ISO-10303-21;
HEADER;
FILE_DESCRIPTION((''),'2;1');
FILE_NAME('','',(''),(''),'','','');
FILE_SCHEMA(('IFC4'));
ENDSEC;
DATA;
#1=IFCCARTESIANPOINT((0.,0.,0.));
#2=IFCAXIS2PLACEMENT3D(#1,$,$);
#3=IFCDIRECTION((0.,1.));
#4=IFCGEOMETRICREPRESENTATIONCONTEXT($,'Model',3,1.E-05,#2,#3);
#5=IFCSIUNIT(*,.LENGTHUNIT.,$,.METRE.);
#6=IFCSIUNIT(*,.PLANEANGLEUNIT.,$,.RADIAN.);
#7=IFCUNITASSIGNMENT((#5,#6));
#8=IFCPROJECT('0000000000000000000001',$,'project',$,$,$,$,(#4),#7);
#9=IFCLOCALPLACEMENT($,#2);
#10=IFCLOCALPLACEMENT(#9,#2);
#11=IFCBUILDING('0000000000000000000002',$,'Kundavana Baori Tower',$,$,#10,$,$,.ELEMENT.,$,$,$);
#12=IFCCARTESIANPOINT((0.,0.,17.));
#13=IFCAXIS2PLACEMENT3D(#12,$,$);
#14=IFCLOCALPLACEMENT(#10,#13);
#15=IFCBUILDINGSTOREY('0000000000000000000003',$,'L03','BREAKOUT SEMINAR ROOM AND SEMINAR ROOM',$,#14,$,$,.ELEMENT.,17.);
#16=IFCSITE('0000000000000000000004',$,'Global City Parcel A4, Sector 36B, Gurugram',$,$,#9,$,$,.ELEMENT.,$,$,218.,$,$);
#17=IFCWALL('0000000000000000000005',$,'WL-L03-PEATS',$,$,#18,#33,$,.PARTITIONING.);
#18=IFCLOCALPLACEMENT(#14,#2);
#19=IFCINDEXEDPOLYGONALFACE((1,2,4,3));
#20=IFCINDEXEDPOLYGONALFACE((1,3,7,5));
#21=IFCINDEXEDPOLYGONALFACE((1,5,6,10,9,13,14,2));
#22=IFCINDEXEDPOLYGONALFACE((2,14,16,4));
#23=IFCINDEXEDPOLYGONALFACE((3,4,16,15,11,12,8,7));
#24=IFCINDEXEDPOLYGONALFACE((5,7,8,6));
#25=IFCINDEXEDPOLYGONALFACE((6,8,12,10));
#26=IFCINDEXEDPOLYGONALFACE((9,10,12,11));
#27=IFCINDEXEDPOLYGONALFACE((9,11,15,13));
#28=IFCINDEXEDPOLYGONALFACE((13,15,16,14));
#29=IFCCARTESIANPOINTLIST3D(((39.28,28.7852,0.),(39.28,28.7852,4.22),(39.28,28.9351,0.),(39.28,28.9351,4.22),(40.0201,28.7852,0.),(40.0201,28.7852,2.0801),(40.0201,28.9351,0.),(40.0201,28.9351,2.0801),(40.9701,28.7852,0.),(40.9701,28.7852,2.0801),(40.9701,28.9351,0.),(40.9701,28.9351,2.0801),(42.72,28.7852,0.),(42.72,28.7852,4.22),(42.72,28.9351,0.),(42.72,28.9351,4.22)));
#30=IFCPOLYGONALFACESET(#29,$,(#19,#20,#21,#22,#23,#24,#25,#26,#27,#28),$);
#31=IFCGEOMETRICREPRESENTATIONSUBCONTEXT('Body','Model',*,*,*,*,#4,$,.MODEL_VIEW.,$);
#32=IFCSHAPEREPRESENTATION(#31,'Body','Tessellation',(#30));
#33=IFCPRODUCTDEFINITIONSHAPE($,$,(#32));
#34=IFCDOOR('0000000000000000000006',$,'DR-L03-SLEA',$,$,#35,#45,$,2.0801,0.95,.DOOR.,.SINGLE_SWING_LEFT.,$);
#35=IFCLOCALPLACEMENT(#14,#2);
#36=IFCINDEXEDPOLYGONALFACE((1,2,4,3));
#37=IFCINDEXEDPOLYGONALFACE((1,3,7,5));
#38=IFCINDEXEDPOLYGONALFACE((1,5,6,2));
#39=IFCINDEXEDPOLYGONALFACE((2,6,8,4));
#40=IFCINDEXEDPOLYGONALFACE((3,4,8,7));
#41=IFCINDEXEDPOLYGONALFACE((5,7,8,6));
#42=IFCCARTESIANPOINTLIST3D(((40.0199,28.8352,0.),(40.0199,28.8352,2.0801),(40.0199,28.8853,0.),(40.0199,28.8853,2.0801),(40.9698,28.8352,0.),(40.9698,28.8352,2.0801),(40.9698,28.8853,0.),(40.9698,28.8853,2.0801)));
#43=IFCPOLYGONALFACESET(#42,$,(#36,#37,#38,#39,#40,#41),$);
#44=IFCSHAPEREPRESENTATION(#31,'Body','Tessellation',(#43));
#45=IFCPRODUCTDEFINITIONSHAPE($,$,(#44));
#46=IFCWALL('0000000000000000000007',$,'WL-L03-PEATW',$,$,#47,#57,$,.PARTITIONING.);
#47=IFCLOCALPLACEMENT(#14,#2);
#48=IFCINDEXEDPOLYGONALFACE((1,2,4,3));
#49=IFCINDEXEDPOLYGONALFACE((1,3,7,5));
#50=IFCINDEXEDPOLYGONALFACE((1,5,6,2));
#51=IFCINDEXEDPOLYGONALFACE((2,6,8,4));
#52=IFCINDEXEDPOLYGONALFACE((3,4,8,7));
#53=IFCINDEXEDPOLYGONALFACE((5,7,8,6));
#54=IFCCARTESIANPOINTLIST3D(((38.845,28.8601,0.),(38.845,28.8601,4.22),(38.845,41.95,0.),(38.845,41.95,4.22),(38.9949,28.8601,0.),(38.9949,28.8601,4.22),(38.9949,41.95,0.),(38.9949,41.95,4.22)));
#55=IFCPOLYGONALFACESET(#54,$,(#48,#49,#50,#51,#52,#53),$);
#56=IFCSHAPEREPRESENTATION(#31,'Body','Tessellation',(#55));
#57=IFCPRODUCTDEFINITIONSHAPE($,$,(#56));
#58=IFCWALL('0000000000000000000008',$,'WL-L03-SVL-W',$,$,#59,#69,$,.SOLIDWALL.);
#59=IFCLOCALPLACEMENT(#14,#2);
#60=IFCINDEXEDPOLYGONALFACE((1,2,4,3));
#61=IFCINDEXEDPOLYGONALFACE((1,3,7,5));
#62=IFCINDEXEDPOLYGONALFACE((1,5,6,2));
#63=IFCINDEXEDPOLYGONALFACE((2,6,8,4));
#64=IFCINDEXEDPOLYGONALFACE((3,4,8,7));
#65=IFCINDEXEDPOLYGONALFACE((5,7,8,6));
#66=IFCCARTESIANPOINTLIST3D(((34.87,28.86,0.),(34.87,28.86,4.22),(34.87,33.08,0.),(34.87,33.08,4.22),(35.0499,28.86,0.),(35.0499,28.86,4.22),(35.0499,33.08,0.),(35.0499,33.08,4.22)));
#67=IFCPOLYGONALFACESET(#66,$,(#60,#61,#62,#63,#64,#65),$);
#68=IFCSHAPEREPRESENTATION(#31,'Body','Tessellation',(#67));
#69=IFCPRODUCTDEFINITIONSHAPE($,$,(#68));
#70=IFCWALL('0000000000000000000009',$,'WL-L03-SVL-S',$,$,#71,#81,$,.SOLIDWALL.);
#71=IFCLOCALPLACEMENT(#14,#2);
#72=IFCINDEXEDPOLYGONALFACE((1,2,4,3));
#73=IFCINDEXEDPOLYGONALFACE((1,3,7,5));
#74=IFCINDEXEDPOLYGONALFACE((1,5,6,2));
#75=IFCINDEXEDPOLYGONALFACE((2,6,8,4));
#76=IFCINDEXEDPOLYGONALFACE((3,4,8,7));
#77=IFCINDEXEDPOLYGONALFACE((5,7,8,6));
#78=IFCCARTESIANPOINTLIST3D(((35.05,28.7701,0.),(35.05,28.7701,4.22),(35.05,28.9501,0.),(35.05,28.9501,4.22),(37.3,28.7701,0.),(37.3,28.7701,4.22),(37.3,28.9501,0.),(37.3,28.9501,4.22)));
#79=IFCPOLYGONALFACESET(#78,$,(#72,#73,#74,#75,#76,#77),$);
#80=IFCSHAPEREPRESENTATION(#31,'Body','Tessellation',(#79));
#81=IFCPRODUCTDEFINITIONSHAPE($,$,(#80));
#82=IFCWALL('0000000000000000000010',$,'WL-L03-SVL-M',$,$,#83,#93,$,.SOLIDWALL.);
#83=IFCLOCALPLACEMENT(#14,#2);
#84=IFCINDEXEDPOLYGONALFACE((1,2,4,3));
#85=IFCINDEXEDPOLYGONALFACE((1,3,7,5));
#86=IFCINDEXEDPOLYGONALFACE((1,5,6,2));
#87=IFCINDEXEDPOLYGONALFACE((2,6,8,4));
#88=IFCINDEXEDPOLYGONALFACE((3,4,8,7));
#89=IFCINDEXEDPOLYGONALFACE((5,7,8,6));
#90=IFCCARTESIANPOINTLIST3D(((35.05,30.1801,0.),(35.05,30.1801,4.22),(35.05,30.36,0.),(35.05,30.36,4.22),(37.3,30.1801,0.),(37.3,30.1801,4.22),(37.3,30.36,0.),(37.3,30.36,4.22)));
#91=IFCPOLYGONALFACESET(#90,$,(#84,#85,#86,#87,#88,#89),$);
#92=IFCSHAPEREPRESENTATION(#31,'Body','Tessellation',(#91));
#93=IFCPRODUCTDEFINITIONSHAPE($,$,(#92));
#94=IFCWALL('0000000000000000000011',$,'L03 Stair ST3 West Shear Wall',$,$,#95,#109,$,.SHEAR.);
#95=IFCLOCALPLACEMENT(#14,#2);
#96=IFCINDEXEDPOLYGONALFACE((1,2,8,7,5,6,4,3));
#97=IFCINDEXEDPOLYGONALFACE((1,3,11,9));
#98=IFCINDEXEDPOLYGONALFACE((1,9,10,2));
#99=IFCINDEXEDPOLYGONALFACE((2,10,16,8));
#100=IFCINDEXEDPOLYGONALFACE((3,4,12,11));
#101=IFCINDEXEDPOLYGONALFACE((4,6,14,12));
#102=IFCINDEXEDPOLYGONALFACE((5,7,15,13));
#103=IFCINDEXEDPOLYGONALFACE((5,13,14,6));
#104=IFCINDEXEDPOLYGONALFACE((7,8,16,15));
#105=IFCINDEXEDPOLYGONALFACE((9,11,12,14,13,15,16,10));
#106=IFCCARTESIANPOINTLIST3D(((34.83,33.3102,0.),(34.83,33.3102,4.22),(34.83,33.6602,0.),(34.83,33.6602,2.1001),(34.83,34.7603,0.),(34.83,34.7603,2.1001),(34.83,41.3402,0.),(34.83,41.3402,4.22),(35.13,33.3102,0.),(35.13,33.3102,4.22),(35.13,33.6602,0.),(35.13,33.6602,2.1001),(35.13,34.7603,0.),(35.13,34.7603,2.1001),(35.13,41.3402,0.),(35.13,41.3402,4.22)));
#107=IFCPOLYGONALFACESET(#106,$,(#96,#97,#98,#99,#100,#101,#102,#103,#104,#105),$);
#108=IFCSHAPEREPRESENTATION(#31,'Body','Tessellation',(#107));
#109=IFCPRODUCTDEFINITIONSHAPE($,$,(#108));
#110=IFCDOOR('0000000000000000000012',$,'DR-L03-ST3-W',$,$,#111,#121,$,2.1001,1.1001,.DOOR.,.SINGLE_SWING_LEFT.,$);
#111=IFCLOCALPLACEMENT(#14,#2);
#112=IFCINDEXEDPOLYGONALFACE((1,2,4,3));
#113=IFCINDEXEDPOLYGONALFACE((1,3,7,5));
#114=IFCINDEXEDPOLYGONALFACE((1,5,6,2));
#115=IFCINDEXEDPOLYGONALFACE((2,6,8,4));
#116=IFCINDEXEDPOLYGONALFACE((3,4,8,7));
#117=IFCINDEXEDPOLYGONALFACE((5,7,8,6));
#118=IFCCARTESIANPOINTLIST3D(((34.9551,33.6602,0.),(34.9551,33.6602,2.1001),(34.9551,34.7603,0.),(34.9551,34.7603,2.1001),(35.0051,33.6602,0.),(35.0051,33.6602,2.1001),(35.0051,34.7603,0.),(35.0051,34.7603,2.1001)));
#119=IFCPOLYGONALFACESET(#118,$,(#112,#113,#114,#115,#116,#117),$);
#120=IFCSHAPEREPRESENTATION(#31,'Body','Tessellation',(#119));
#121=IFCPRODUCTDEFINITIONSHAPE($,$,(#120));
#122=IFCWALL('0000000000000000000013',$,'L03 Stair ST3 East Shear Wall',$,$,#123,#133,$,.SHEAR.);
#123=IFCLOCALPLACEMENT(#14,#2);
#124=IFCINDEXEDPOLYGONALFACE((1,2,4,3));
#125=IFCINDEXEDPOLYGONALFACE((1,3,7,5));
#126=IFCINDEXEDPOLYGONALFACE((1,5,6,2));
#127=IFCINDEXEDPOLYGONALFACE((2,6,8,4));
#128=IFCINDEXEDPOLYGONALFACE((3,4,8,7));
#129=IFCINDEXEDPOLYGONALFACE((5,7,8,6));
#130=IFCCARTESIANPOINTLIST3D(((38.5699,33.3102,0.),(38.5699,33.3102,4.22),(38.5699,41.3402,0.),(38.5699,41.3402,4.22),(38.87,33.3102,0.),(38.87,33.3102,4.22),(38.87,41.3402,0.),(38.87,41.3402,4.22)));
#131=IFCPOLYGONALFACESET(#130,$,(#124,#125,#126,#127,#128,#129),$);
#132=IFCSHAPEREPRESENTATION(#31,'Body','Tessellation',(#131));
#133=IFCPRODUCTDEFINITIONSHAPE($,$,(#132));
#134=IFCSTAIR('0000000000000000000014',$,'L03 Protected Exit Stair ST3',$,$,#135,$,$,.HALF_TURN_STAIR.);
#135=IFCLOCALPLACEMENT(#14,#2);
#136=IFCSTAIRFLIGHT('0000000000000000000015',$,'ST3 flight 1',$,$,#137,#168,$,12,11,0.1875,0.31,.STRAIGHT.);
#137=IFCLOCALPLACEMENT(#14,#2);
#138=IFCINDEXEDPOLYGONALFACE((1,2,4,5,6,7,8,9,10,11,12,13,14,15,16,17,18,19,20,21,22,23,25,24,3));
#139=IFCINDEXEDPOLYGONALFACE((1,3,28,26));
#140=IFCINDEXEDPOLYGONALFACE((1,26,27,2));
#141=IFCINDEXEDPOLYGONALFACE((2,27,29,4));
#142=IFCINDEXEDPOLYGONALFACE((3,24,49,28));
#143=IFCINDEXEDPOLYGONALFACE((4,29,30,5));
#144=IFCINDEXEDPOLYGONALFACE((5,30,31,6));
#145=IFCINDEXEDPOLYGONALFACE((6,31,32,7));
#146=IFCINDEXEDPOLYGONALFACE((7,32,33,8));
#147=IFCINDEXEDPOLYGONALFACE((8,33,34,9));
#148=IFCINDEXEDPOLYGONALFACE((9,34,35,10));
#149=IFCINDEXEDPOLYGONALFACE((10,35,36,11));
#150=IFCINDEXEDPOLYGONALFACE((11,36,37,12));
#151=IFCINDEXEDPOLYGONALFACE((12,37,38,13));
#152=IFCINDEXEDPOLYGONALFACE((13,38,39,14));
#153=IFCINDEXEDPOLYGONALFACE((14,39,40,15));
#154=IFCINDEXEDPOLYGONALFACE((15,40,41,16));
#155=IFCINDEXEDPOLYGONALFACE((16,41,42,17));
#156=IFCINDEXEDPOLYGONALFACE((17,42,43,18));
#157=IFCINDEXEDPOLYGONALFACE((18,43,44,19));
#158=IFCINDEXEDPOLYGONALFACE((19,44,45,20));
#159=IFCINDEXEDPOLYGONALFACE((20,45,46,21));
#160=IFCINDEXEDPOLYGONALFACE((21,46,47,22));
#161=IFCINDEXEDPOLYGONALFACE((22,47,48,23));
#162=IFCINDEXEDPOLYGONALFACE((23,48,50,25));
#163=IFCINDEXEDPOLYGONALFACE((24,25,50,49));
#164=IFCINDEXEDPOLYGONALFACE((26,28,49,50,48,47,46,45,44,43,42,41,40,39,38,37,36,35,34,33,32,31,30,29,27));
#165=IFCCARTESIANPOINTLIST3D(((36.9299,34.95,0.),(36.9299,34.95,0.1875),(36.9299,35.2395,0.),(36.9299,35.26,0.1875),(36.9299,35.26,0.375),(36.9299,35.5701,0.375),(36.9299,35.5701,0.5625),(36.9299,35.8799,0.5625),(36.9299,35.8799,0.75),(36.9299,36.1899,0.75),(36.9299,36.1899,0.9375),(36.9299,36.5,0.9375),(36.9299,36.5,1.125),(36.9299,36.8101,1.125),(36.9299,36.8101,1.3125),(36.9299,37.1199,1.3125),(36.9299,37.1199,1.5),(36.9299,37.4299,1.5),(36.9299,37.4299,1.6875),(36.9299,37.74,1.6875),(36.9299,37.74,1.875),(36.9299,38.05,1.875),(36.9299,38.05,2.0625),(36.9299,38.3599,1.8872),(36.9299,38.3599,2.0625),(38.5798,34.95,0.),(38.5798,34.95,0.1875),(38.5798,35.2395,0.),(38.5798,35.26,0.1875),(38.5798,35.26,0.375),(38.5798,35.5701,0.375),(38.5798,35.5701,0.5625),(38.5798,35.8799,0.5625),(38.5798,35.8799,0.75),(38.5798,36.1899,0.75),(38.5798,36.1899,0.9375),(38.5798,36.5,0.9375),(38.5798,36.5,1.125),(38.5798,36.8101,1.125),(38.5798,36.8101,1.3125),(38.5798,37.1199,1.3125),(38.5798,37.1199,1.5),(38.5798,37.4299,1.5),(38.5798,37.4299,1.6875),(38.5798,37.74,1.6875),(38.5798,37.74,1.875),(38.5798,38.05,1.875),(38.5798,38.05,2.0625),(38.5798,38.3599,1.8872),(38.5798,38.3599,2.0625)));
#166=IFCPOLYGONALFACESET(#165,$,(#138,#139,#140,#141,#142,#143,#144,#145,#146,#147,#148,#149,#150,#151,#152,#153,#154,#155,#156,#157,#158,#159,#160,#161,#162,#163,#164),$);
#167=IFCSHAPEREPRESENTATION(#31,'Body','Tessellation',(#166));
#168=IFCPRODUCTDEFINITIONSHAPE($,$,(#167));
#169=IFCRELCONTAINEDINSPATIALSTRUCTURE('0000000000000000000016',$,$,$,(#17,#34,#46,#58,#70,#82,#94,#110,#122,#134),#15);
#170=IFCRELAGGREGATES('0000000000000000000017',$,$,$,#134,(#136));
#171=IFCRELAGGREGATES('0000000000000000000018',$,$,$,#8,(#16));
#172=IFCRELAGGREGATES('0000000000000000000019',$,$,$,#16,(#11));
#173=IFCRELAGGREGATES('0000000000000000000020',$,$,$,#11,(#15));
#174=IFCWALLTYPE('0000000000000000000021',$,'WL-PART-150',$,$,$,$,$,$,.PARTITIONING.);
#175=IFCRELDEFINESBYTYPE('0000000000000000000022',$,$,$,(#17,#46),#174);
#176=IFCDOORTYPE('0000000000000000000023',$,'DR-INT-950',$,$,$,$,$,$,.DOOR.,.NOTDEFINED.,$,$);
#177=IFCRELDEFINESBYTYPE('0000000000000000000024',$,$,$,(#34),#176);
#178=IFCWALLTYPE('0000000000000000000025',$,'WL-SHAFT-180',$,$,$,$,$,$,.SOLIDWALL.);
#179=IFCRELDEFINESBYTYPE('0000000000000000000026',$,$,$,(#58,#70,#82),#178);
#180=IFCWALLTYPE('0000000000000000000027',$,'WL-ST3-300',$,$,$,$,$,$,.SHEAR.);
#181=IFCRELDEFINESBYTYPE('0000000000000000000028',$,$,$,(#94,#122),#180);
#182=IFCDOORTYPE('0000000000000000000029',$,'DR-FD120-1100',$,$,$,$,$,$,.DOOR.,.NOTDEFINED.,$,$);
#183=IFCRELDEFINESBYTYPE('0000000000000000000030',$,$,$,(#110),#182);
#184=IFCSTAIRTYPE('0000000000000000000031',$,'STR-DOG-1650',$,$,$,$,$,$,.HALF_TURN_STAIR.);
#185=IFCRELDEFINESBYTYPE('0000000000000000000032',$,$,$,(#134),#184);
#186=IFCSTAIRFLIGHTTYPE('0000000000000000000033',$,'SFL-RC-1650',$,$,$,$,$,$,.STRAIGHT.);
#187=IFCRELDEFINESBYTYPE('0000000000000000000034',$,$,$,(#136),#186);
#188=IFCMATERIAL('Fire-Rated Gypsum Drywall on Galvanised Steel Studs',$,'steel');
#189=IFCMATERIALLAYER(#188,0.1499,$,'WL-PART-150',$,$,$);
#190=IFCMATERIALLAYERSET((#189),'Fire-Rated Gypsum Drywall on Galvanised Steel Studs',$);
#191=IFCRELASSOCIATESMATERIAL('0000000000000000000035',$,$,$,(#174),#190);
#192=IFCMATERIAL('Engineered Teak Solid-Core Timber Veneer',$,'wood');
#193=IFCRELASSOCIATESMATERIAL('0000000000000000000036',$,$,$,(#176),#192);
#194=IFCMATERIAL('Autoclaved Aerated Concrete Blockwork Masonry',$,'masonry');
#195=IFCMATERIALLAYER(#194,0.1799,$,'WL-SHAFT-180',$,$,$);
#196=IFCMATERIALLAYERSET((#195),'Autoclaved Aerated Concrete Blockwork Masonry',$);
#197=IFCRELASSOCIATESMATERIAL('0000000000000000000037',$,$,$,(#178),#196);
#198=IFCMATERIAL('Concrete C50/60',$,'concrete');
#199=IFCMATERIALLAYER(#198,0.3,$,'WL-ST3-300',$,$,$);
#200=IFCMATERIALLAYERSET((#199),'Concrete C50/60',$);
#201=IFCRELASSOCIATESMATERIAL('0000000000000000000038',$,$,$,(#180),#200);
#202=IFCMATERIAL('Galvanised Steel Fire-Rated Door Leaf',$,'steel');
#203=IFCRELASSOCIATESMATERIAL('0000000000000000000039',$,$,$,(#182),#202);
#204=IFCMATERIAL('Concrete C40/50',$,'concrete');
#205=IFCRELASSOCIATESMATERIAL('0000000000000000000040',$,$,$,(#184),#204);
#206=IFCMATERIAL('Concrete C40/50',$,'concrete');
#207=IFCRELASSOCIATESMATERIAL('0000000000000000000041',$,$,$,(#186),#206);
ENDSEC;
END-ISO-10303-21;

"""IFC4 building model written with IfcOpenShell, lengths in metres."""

from ifc_helpers import new_model, si_unit, direction, frame, frame_2d, origin, place, context, subcontext, project, spatial, polyline, rectangle, outline, extrude, material, layer, layer_set, type_object, element, fill, aggregate, save


model = new_model("IFC4")

# Units and contexts
model_context = context("Model", 3, precision=1e-05, world=origin(), true_north=direction((0.0, 1.0)))
body_context = subcontext(model_context, "Body", "Model", "MODEL_VIEW")
ifc_project = project(units=[si_unit("LENGTHUNIT", "METRE"), si_unit("PLANEANGLEUNIT", "RADIAN")], contexts=[model_context])

# Site, building, storey
site_placement = place(None, origin())
site = spatial("IfcSite", under=ifc_project, at=site_placement, Name="Global City Parcel A4, Sector 36B, Gurugram", CompositionType="ELEMENT", RefElevation=218.0)
building_placement = place(site_placement, origin())
building = spatial("IfcBuilding", under=site, at=building_placement, Name="Kundavana Baori Tower", CompositionType="ELEMENT")
storey_placement = place(building_placement, frame((0.0, 0.0, 17.0)))
storey = spatial("IfcBuildingStorey", under=building, at=storey_placement, Name="L03", Description="BREAKOUT SEMINAR ROOM AND SEMINAR ROOM", CompositionType="ELEMENT", Elevation=17.0)

# Shared definitions
ifc_material_1 = material(Name="Fire-Rated Gypsum Drywall on Galvanised Steel Studs", Category="steel")
ifc_layer_1 = layer(ifc_material_1, 0.1499, Name="WL-PART-150")
ifc_layer_set_1 = layer_set([ifc_layer_1], Name="Fire-Rated Gypsum Drywall on Galvanised Steel Studs")
wall_type_1 = type_object("IfcWallType", Name="WL-PART-150", PredefinedType="PARTITIONING", material=ifc_layer_set_1)

# Wall, opening, door
wall_1_placement = place(storey_placement, frame((39.28, 28.8601, 0.0), z_axis=(0.0, 0.0, 1.0), x_axis=(1.0, 0.0, 0.0)))
wall_1 = element("IfcWall", 1, at=wall_1_placement, inside=storey, type_object=wall_type_1, Name="WL-L03-PEATS", PredefinedType="PARTITIONING", context=body_context, shape_type="SweptSolid", body=[
    extrude(rectangle(XDim=3.4399, YDim=0.1499, at=frame_2d((1.72, 0.0))), origin(), (0.0, 0.0, 1.0), 4.22),
])
opening_1_placement = place(wall_1_placement, frame((0.74, 0.0, 0.0)))
opening_1 = element("IfcOpeningElement", 2, at=opening_1_placement, cuts=wall_1, PredefinedType="OPENING", context=body_context, shape_type="SweptSolid", body=[
    extrude(rectangle(XDim=0.95, YDim=2.0801, at=frame_2d((0.4751, 1.04))), frame((0.0, 0.085, 0.0), z_axis=(0.0, -1.0, 0.0), x_axis=(1.0, 0.0, 0.0)), (0.0, 0.0, 1.0), 0.1699),
])
ifc_material_2 = material(Name="Engineered Teak Solid-Core Timber Veneer", Category="wood")
door_type_1 = type_object("IfcDoorType", Name="DR-INT-950", OperationType="NOTDEFINED", PredefinedType="DOOR", material=ifc_material_2)
door_1_placement = place(opening_1_placement, frame((0.95, 0.0, 0.0), z_axis=(0.0, 0.0, 1.0), x_axis=(-1.0, 0.0, 0.0)))
door_1 = element("IfcDoor", 3, at=door_1_placement, inside=storey, type_object=door_type_1, Name="DR-L03-SLEA", OperationType="SINGLE_SWING_LEFT", OverallHeight=2.0801, OverallWidth=0.95, PredefinedType="DOOR", context=body_context, shape_type="SweptSolid", body=[
    extrude(rectangle(XDim=0.95, YDim=2.0801, at=frame_2d((0.4751, 1.04))), frame((0.0, 0.0249, 0.0), z_axis=(0.0, -1.0, 0.0), x_axis=(1.0, 0.0, 0.0)), (0.0, 0.0, 1.0), 0.05),
])
fill(opening_1, door_1)

# Walls
wall_2_placement = place(storey_placement, frame((38.9199, 28.8601, 0.0), z_axis=(0.0, 0.0, 1.0), x_axis=(0.0, 1.0, 0.0)))
element("IfcWall", 4, at=wall_2_placement, inside=storey, type_object=wall_type_1, Name="WL-L03-PEATW", PredefinedType="PARTITIONING", context=body_context, shape_type="SweptSolid", body=[
    extrude(rectangle(XDim=13.0898, YDim=0.1499, at=frame_2d((6.5449, 0.0))), origin(), (0.0, 0.0, 1.0), 4.22),
])
ifc_material_3 = material(Name="Autoclaved Aerated Concrete Blockwork Masonry", Category="masonry")
ifc_layer_2 = layer(ifc_material_3, 0.1799, Name="WL-SHAFT-180")
ifc_layer_set_2 = layer_set([ifc_layer_2], Name="Autoclaved Aerated Concrete Blockwork Masonry")
wall_type_2 = type_object("IfcWallType", Name="WL-SHAFT-180", PredefinedType="SOLIDWALL", material=ifc_layer_set_2)
wall_3_placement = place(storey_placement, frame((34.96, 28.8601, 0.0), z_axis=(0.0, 0.0, 1.0), x_axis=(0.0, 1.0, 0.0)))
element("IfcWall", 5, at=wall_3_placement, inside=storey, type_object=wall_type_2, Name="WL-L03-SVL-W", PredefinedType="SOLIDWALL", context=body_context, shape_type="SweptSolid", body=[
    extrude(rectangle(XDim=4.22, YDim=0.1799, at=frame_2d((2.1099, 0.0))), origin(), (0.0, 0.0, 1.0), 4.22),
])

# Walls
for number, where, z_axis, x_axis, name in (
    (6, (35.05, 28.8601, 0.0), (0.0, 0.0, 1.0), (1.0, 0.0, 0.0), "WL-L03-SVL-S"),
    (7, (35.05, 30.27, 0.0), (0.0, 0.0, 1.0), (1.0, 0.0, 0.0), "WL-L03-SVL-M"),
):
    element("IfcWall", number, at=place(storey_placement, frame(where, z_axis=z_axis, x_axis=x_axis)), inside=storey, type_object=wall_type_2, Name=name, PredefinedType="SOLIDWALL", context=body_context, shape_type="SweptSolid", body=[
        extrude(rectangle(XDim=2.25, YDim=0.1799, at=frame_2d((1.125, 0.0))), origin(), (0.0, 0.0, 1.0), 4.22),
    ])

# Wall, opening, door
ifc_material_4 = material(Name="Concrete C50/60", Category="concrete")
ifc_layer_3 = layer(ifc_material_4, 0.3, Name="WL-ST3-300")
ifc_layer_set_3 = layer_set([ifc_layer_3], Name="Concrete C50/60")
wall_type_3 = type_object("IfcWallType", Name="WL-ST3-300", PredefinedType="SHEAR", material=ifc_layer_set_3)
wall_4_placement = place(storey_placement, frame((34.98, 33.3101, 0.0), z_axis=(0.0, 0.0, 1.0), x_axis=(0.0, 1.0, 0.0)))
wall_4 = element("IfcWall", 8, at=wall_4_placement, inside=storey, type_object=wall_type_3, Name="L03 Stair ST3 West Shear Wall", PredefinedType="SHEAR", context=body_context, shape_type="SweptSolid", body=[
    extrude(rectangle(XDim=8.03, YDim=0.3, at=frame_2d((4.0151, 0.0))), origin(), (0.0, 0.0, 1.0), 4.22),
])
opening_2_placement = place(wall_4_placement, frame((0.3501, 0.0, 0.0)))
opening_2 = element("IfcOpeningElement", 9, at=opening_2_placement, cuts=wall_4, PredefinedType="OPENING", context=body_context, shape_type="SweptSolid", body=[
    extrude(rectangle(XDim=1.1001, YDim=2.1001, at=frame_2d((0.55, 1.05))), frame((0.0, 0.1602, 0.0), z_axis=(0.0, -1.0, 0.0), x_axis=(1.0, 0.0, 0.0)), (0.0, 0.0, 1.0), 0.3201),
])
ifc_material_5 = material(Name="Galvanised Steel Fire-Rated Door Leaf", Category="steel")
door_type_2 = type_object("IfcDoorType", Name="DR-FD120-1100", OperationType="NOTDEFINED", PredefinedType="DOOR", material=ifc_material_5)
door_2_placement = place(opening_2_placement, origin())
door_2 = element("IfcDoor", 10, at=door_2_placement, inside=storey, type_object=door_type_2, Name="DR-L03-ST3-W", OperationType="SINGLE_SWING_LEFT", OverallHeight=2.1001, OverallWidth=1.1001, PredefinedType="DOOR", context=body_context, shape_type="SweptSolid", body=[
    extrude(rectangle(XDim=1.1001, YDim=2.1001, at=frame_2d((0.55, 1.05))), frame((0.0, 0.0249, 0.0), z_axis=(0.0, -1.0, 0.0), x_axis=(1.0, 0.0, 0.0)), (0.0, 0.0, 1.0), 0.05),
])
fill(opening_2, door_2)

# Wall
wall_5_placement = place(storey_placement, frame((38.72, 33.3101, 0.0), z_axis=(0.0, 0.0, 1.0), x_axis=(0.0, 1.0, 0.0)))
element("IfcWall", 11, at=wall_5_placement, inside=storey, type_object=wall_type_3, Name="L03 Stair ST3 East Shear Wall", PredefinedType="SHEAR", context=body_context, shape_type="SweptSolid", body=[
    extrude(rectangle(XDim=8.03, YDim=0.3, at=frame_2d((4.0151, 0.0))), origin(), (0.0, 0.0, 1.0), 4.22),
])

# Stair, stair flight
ifc_material_6 = material(Name="Concrete C40/50", Category="concrete")
stair_type = type_object("IfcStairType", Name="STR-DOG-1650", PredefinedType="HALF_TURN_STAIR", material=ifc_material_6)
stair_placement = place(storey_placement, origin())
stair = element("IfcStair", 12, at=stair_placement, inside=storey, type_object=stair_type, Name="L03 Protected Exit Stair ST3", PredefinedType="HALF_TURN_STAIR")
ifc_material_7 = material(Name="Concrete C40/50", Category="concrete")
stair_flight_type = type_object("IfcStairFlightType", Name="SFL-RC-1650", PredefinedType="STRAIGHT", material=ifc_material_7)
stair_flight_placement = place(storey_placement, frame((37.7549, 34.95, 0.0), z_axis=(0.0, 0.0, 1.0), x_axis=(0.0, 1.0, 0.0)))
stair_flight = element("IfcStairFlight", 13, at=stair_flight_placement, type_object=stair_flight_type, Name="ST3 flight 1", NumberOfRisers=12, NumberOfTreads=11, PredefinedType="STRAIGHT", RiserHeight=0.1875, TreadLength=0.31, context=body_context, shape_type="SweptSolid", body=[
    extrude(outline(polyline([(0.0, 0.0), (0.0, 0.1875), (0.3101, 0.1875), (0.3101, 0.375), (0.6201, 0.375), (0.6201, 0.5625), (0.9299, 0.5625), (0.9299, 0.75), (1.24, 0.75), (1.24, 0.9375), (1.55, 0.9375), (1.55, 1.125), (1.8601, 1.125), (1.8601, 1.3125), (2.1699, 1.3125), (2.1699, 1.5), (2.48, 1.5), (2.48, 1.6875), (2.79, 1.6875), (2.79, 1.875), (3.1001, 1.875), (3.1001, 2.0625), (3.4099, 2.0625), (3.4099, 2.25), (3.4099, 1.8872), (0.2896, 0.0), (0.0, 0.0)])), frame((0.0, 0.825, 0.0), z_axis=(0.0, -1.0, 0.0), x_axis=(1.0, 0.0, 0.0)), (0.0, 0.0, 1.0), 1.6499),
])
aggregate(stair, [stair_flight])

save(model, "model.ifc")
